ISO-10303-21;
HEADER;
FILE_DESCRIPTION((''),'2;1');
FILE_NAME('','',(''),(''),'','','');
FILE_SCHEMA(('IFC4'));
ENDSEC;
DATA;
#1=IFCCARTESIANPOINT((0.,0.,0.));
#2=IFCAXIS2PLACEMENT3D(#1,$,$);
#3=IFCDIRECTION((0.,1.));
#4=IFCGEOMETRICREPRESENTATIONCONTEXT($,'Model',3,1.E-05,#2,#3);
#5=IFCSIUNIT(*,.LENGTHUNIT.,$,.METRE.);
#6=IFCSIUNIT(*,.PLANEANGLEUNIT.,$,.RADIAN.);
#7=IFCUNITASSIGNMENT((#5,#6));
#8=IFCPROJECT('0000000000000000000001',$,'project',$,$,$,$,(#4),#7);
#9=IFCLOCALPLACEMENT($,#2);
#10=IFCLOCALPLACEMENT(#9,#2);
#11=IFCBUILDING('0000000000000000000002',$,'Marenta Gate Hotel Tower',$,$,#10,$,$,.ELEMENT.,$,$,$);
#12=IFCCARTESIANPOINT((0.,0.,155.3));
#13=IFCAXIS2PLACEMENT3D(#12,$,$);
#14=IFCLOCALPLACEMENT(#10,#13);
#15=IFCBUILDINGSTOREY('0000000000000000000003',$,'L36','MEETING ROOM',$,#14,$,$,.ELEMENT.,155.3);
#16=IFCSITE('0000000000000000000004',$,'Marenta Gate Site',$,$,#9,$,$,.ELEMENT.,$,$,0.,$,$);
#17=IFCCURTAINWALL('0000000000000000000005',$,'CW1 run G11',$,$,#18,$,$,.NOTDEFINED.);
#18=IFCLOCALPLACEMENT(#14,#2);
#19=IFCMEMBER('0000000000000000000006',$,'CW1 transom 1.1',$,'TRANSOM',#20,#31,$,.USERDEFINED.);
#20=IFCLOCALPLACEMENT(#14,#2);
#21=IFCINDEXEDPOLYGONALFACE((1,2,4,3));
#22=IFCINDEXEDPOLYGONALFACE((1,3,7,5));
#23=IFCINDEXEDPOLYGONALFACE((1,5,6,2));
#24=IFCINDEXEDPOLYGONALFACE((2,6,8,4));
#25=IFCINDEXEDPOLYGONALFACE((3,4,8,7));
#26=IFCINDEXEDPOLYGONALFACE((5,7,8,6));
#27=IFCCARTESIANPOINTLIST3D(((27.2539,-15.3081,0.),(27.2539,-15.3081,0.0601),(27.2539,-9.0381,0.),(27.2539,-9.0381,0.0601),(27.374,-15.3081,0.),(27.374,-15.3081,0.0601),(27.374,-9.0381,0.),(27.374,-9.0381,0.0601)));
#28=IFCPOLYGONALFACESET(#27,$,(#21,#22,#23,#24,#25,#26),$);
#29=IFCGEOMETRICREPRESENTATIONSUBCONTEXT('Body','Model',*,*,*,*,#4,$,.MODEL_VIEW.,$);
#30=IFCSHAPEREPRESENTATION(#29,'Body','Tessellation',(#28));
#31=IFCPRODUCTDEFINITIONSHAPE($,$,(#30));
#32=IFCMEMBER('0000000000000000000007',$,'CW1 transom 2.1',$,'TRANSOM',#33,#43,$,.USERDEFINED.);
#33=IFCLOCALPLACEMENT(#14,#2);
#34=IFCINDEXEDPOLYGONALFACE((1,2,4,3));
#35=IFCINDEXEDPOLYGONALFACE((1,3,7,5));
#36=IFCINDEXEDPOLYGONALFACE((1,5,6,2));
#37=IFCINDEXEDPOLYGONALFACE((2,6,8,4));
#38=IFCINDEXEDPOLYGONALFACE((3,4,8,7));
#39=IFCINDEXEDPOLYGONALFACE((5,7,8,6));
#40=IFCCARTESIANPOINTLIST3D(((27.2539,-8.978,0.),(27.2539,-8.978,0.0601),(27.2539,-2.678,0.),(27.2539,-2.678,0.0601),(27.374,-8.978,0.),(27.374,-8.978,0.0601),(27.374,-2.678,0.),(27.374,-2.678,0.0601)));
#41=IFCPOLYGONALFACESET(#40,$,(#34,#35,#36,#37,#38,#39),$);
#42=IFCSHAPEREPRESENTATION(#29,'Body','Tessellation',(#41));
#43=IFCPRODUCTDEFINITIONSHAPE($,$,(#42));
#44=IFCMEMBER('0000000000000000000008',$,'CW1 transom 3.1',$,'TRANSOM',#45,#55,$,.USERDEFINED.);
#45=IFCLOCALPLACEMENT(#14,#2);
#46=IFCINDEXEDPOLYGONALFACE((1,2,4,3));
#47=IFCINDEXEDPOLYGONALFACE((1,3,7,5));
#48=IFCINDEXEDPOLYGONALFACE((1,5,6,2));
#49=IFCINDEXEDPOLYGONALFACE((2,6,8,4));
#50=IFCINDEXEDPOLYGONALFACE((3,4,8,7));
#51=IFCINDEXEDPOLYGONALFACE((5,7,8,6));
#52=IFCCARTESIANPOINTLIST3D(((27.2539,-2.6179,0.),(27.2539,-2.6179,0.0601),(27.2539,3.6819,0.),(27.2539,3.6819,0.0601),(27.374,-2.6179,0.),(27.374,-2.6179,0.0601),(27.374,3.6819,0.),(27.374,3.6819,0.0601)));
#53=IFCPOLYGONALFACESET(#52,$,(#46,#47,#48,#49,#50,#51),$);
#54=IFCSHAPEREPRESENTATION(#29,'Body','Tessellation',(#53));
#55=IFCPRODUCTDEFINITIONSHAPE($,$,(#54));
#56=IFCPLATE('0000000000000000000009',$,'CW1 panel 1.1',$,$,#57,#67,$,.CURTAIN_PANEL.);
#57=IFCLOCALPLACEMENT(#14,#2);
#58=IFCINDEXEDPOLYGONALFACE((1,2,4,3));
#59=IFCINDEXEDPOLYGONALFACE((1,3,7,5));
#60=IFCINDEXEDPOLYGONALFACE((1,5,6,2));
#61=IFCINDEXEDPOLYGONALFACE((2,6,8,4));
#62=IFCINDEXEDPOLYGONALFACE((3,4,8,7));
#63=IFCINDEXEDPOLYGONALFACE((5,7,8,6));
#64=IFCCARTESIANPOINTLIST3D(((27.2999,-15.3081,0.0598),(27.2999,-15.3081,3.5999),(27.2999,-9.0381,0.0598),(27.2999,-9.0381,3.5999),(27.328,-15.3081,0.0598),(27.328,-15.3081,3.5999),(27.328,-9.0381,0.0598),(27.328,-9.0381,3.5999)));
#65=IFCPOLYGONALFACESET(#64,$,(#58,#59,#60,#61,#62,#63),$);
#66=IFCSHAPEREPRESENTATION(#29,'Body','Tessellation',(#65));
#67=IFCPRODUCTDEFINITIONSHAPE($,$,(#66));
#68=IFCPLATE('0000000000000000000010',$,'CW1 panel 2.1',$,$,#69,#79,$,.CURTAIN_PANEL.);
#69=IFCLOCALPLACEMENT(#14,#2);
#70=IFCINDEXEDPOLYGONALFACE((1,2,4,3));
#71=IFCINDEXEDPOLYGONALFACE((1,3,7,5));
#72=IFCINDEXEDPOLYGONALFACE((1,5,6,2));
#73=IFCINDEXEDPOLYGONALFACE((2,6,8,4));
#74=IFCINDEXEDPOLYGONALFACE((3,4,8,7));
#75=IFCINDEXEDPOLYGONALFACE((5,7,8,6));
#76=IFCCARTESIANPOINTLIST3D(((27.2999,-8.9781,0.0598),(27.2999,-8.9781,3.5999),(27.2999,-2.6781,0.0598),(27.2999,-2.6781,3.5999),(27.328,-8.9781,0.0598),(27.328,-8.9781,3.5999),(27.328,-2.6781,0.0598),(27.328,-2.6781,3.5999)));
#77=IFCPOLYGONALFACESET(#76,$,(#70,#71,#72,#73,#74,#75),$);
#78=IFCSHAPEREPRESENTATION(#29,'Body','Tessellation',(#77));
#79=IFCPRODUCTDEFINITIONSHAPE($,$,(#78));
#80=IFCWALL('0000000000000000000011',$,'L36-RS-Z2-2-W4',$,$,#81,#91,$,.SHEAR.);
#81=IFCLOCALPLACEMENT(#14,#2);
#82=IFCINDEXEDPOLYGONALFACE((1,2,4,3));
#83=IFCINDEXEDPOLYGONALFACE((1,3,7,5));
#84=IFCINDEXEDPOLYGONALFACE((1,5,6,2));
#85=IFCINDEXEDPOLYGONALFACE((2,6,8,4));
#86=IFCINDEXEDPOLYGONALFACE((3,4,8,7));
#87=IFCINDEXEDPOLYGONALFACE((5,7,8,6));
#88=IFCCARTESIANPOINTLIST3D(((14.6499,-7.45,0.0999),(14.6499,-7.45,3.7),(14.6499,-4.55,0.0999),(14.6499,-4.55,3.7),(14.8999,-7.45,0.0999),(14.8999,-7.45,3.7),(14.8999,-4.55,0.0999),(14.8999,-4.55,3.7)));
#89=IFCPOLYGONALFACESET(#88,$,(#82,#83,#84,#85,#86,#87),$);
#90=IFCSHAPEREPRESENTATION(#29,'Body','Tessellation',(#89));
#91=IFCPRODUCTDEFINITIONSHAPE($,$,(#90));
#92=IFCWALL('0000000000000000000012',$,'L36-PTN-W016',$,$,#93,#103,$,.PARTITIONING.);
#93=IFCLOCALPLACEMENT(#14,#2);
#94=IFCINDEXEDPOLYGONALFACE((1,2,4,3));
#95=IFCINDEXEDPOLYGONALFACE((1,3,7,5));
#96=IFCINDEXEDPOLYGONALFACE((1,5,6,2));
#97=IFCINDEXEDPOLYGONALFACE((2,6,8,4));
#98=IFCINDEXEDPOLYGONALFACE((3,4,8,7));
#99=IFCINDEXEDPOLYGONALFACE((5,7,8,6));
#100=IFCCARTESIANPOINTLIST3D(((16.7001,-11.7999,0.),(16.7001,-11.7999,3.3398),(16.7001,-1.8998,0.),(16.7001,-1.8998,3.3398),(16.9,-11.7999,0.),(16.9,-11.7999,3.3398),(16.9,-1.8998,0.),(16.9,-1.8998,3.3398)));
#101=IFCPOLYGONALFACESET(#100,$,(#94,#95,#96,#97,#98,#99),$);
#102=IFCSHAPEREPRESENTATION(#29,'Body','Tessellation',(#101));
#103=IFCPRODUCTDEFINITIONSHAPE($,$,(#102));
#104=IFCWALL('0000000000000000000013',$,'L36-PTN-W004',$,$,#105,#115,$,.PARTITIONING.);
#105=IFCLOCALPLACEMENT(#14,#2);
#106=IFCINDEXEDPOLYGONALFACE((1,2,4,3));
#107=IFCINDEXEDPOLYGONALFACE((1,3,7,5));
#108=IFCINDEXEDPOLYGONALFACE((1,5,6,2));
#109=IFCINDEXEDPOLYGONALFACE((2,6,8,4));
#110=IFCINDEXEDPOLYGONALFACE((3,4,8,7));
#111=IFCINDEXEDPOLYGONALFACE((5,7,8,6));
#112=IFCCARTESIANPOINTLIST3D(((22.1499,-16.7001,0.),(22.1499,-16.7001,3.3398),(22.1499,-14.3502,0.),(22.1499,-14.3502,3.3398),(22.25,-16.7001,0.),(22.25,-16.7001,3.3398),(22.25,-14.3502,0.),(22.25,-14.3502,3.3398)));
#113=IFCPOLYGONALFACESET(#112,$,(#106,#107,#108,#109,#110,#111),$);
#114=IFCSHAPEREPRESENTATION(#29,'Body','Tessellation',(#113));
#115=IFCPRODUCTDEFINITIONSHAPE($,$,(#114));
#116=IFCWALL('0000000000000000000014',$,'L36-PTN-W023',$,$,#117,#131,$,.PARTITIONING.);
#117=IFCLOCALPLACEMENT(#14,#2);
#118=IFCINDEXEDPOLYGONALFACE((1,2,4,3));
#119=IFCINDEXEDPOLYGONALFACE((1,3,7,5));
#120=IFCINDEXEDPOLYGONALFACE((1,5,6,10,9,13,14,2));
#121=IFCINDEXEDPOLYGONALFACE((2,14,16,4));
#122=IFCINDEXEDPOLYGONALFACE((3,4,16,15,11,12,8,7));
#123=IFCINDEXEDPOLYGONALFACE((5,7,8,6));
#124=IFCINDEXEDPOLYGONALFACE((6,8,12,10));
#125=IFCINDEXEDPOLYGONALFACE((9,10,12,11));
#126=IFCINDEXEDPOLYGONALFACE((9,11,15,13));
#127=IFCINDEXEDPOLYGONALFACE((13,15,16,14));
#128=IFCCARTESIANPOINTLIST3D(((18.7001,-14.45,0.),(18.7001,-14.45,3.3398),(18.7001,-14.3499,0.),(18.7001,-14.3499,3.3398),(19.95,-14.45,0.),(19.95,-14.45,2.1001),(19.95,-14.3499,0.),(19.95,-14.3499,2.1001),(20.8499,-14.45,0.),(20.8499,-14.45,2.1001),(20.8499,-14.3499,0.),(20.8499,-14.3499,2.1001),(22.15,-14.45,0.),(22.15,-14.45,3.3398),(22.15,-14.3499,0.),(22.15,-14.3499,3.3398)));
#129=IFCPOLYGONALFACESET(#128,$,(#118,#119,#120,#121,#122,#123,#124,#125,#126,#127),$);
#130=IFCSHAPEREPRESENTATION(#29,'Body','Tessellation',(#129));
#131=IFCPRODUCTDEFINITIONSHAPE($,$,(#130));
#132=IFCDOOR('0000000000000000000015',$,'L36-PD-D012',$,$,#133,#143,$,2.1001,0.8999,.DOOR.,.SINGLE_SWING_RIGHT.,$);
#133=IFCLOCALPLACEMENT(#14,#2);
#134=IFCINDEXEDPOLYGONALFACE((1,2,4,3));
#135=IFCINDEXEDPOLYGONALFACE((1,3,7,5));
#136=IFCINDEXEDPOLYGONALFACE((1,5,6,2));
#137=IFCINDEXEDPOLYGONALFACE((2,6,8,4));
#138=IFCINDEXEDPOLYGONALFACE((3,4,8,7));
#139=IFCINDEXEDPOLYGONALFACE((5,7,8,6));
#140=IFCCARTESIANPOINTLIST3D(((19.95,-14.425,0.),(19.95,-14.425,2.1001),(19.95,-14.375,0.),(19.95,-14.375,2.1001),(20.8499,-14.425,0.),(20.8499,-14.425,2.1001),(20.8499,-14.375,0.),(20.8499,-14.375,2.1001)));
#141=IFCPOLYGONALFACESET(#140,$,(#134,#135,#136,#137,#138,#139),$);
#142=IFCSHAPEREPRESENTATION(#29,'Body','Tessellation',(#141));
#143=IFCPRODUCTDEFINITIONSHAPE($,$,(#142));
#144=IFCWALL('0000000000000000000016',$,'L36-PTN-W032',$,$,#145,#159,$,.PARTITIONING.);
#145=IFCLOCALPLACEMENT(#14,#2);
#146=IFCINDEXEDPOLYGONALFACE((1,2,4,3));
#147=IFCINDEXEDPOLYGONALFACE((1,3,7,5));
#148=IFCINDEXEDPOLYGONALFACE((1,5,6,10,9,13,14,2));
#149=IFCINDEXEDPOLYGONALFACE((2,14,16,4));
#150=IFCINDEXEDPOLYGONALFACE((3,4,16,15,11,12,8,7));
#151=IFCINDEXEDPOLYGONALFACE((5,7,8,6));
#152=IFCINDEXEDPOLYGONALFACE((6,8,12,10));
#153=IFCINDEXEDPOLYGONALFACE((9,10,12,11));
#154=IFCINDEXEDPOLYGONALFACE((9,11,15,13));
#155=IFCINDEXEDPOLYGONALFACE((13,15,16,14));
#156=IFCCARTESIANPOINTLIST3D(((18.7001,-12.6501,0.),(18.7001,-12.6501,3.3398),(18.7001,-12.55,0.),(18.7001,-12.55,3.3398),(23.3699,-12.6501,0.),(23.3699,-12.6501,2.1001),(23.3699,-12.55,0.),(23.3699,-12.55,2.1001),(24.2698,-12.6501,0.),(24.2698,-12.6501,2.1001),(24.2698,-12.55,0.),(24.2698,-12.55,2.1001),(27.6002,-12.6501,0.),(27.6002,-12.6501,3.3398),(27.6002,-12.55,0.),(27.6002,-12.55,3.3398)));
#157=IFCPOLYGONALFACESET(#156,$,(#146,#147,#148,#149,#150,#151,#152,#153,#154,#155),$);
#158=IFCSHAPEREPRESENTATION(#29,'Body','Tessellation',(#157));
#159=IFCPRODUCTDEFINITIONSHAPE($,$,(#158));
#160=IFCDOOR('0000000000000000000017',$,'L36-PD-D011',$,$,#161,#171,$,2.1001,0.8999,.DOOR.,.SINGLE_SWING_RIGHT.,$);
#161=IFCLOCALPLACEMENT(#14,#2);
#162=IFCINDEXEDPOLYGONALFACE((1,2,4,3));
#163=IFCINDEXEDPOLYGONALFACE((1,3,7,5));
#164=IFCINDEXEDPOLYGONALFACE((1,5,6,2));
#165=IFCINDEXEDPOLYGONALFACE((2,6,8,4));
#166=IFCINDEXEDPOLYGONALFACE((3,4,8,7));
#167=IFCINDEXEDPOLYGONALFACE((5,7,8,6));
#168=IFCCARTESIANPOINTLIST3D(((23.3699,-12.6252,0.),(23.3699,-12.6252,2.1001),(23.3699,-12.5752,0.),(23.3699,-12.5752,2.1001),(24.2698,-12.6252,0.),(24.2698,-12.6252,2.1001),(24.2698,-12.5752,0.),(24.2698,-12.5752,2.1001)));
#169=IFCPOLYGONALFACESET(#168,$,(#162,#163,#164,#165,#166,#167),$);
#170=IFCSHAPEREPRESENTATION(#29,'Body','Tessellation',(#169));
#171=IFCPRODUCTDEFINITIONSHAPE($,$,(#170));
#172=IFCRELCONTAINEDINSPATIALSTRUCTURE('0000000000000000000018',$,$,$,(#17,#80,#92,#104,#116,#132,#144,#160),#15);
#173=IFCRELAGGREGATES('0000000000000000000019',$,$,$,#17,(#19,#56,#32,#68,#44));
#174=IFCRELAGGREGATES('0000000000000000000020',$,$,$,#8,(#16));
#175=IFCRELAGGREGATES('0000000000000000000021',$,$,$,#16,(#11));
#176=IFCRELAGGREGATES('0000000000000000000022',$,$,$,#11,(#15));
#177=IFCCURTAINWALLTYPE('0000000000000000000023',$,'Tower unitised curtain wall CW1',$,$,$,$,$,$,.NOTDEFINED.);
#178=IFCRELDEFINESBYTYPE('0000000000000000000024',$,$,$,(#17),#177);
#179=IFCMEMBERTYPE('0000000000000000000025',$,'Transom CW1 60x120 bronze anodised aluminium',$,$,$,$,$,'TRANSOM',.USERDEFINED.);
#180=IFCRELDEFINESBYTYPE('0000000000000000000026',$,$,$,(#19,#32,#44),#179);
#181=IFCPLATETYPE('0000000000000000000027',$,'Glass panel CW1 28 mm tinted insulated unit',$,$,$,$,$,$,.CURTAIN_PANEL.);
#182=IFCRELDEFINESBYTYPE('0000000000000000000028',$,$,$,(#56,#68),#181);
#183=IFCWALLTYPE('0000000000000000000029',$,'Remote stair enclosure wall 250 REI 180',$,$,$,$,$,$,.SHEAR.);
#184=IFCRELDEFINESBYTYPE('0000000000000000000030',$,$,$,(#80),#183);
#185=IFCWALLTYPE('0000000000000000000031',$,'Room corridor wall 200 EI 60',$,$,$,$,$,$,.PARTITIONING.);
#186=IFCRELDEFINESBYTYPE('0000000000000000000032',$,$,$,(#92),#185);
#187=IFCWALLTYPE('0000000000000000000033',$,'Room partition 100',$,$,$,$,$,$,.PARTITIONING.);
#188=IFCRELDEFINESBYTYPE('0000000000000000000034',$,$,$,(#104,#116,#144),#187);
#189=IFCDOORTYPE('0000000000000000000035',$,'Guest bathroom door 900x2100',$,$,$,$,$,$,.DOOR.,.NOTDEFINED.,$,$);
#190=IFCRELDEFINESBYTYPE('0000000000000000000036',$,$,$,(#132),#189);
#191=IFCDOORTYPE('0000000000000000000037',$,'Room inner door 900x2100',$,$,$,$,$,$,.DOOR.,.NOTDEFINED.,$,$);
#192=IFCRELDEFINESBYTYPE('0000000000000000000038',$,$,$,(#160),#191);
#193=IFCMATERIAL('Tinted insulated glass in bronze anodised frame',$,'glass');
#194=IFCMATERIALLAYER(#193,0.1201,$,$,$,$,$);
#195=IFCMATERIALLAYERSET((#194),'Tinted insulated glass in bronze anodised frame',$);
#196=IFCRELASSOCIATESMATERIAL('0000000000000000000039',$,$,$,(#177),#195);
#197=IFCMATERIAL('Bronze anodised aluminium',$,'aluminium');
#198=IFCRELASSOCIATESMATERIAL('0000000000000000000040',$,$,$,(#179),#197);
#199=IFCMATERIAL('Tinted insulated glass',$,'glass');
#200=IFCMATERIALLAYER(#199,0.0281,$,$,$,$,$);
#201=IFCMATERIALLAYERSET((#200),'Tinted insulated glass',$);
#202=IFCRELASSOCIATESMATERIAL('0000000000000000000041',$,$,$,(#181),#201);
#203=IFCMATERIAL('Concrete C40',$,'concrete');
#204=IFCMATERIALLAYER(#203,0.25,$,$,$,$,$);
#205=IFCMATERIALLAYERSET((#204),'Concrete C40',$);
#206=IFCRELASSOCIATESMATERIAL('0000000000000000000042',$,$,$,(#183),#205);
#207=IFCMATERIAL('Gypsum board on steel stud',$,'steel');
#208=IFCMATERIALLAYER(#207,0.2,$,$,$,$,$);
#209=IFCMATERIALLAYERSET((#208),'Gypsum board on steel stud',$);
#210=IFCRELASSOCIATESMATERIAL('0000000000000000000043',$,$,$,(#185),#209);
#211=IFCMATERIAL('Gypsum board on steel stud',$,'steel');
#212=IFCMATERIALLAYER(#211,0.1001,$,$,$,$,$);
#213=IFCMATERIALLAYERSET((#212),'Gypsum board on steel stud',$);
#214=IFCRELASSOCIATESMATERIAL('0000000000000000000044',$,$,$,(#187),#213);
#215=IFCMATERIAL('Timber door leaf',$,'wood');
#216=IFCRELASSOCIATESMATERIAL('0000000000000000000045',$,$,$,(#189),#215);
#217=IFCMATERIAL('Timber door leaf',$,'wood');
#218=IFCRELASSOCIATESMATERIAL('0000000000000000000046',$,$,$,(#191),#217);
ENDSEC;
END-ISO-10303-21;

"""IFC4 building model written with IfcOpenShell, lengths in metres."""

from ifc_helpers import new_model, si_unit, direction, frame, frame_2d, origin, origin_2d, place, context, subcontext, project, spatial, rectangle, extrude, material, layer, layer_set, material_profile, profile_set, type_object, element, fill, aggregate, save


model = new_model("IFC4")

# Units and contexts
model_context = context("Model", 3, precision=1e-05, world=origin(), true_north=direction((0.0, 1.0)))
body_context = subcontext(model_context, "Body", "Model", "MODEL_VIEW")
ifc_project = project(units=[si_unit("LENGTHUNIT", "METRE"), si_unit("PLANEANGLEUNIT", "RADIAN")], contexts=[model_context])

# Site, building, storey
site_placement = place(None, origin())
site = spatial("IfcSite", under=ifc_project, at=site_placement, Name="Marenta Gate Site", CompositionType="ELEMENT", RefElevation=0.0)
building_placement = place(site_placement, origin())
building = spatial("IfcBuilding", under=site, at=building_placement, Name="Marenta Gate Hotel Tower", CompositionType="ELEMENT")
storey_placement = place(building_placement, frame((0.0, 0.0, 155.3)))
storey = spatial("IfcBuildingStorey", under=building, at=storey_placement, Name="L36", Description="MEETING ROOM", CompositionType="ELEMENT", Elevation=155.3)

# Curtain wall, members, plates
ifc_material_1 = material(Name="Tinted insulated glass in bronze anodised frame", Category="glass")
ifc_layer_1 = layer(ifc_material_1, 0.1201)
ifc_layer_set_1 = layer_set([ifc_layer_1], Name="Tinted insulated glass in bronze anodised frame")
curtain_wall_type = type_object("IfcCurtainWallType", Name="Tower unitised curtain wall CW1", PredefinedType="NOTDEFINED", material=ifc_layer_set_1)
curtain_wall_placement = place(storey_placement, origin())
curtain_wall = element("IfcCurtainWall", 1, at=curtain_wall_placement, inside=storey, type_object=curtain_wall_type, Name="CW1 run G11", PredefinedType="NOTDEFINED")
ifc_material_2 = material(Name="Bronze anodised aluminium", Category="aluminium")
ifc_material_profile_1 = material_profile(ifc_material_2, rectangle(XDim=0.1201, YDim=0.0601, at=origin_2d()), Name="Transom CW1 60x120 bronze anodised aluminium")
ifc_profile_set_1 = profile_set([ifc_material_profile_1], Name="Bronze anodised aluminium")
member_type_1 = type_object("IfcMemberType", Name="Transom CW1 60x120 bronze anodised aluminium", ElementType="TRANSOM", PredefinedType="USERDEFINED", material=ifc_profile_set_1)
member_1_placement = place(storey_placement, frame((27.314, -15.3081, 0.03), z_axis=(0.0, 1.0, 0.0), x_axis=(-1.0, 0.0, 0.0)))
member_1 = element("IfcMember", 2, at=member_1_placement, type_object=member_type_1, Name="CW1 transom 1.1", ObjectType="TRANSOM", PredefinedType="USERDEFINED", context=body_context, shape_type="SweptSolid", body=[
    extrude(rectangle(XDim=0.1201, YDim=0.0601, at=origin_2d()), origin(), (0.0, 0.0, 1.0), 6.27),
])
member_2_placement = place(storey_placement, frame((27.314, -8.978, 0.03), z_axis=(0.0, 1.0, 0.0), x_axis=(-1.0, 0.0, 0.0)))
member_2 = element("IfcMember", 3, at=member_2_placement, type_object=member_type_1, Name="CW1 transom 2.1", ObjectType="TRANSOM", PredefinedType="USERDEFINED", context=body_context, shape_type="SweptSolid", body=[
    extrude(rectangle(XDim=0.1201, YDim=0.0601, at=origin_2d()), origin(), (0.0, 0.0, 1.0), 6.3),
])
member_3_placement = place(storey_placement, frame((27.314, -2.6179, 0.03), z_axis=(0.0, 1.0, 0.0), x_axis=(-1.0, 0.0, 0.0)))
member_3 = element("IfcMember", 4, at=member_3_placement, type_object=member_type_1, Name="CW1 transom 3.1", ObjectType="TRANSOM", PredefinedType="USERDEFINED", context=body_context, shape_type="SweptSolid", body=[
    extrude(rectangle(XDim=0.1201, YDim=0.0601, at=origin_2d()), origin(), (0.0, 0.0, 1.0), 6.2998),
])
ifc_material_3 = material(Name="Tinted insulated glass", Category="glass")
ifc_layer_2 = layer(ifc_material_3, 0.0281)
ifc_layer_set_2 = layer_set([ifc_layer_2], Name="Tinted insulated glass")
plate_type = type_object("IfcPlateType", Name="Glass panel CW1 28 mm tinted insulated unit", PredefinedType="CURTAIN_PANEL", material=ifc_layer_set_2)
plate_1_placement = place(storey_placement, frame((27.314, -12.1731, 0.0598), z_axis=(0.0, 0.0, 1.0), x_axis=(0.0, 1.0, 0.0)))
plate_1 = element("IfcPlate", 5, at=plate_1_placement, type_object=plate_type, Name="CW1 panel 1.1", PredefinedType="CURTAIN_PANEL", context=body_context, shape_type="SweptSolid", body=[
    extrude(rectangle(XDim=6.27, YDim=0.0281, at=origin_2d()), origin(), (0.0, 0.0, 1.0), 3.54),
])
plate_2_placement = place(storey_placement, frame((27.314, -5.8281, 0.0598), z_axis=(0.0, 0.0, 1.0), x_axis=(0.0, 1.0, 0.0)))
plate_2 = element("IfcPlate", 6, at=plate_2_placement, type_object=plate_type, Name="CW1 panel 2.1", PredefinedType="CURTAIN_PANEL", context=body_context, shape_type="SweptSolid", body=[
    extrude(rectangle(XDim=6.3, YDim=0.0281, at=origin_2d()), origin(), (0.0, 0.0, 1.0), 3.54),
])
aggregate(curtain_wall, [member_1, plate_1, member_2, plate_2, member_3])

# Walls
ifc_material_4 = material(Name="Concrete C40", Category="concrete")
ifc_layer_3 = layer(ifc_material_4, 0.25)
ifc_layer_set_3 = layer_set([ifc_layer_3], Name="Concrete C40")
wall_type_1 = type_object("IfcWallType", Name="Remote stair enclosure wall 250 REI 180", PredefinedType="SHEAR", material=ifc_layer_set_3)
wall_1_placement = place(storey_placement, frame((14.7749, -7.45, 0.0999), z_axis=(0.0, 0.0, 1.0), x_axis=(0.0, 1.0, 0.0)))
element("IfcWall", 7, at=wall_1_placement, inside=storey, type_object=wall_type_1, Name="L36-RS-Z2-2-W4", PredefinedType="SHEAR", context=body_context, shape_type="SweptSolid", body=[
    extrude(rectangle(XDim=2.8999, YDim=0.25, at=frame_2d((1.45, 0.0))), origin(), (0.0, 0.0, 1.0), 3.6001),
])
ifc_material_5 = material(Name="Gypsum board on steel stud", Category="steel")
ifc_layer_4 = layer(ifc_material_5, 0.2)
ifc_layer_set_4 = layer_set([ifc_layer_4], Name="Gypsum board on steel stud")
wall_type_2 = type_object("IfcWallType", Name="Room corridor wall 200 EI 60", PredefinedType="PARTITIONING", material=ifc_layer_set_4)
wall_2_placement = place(storey_placement, frame((16.8, -11.8, 0.0), z_axis=(0.0, 0.0, 1.0), x_axis=(0.0, 1.0, 0.0)))
element("IfcWall", 8, at=wall_2_placement, inside=storey, type_object=wall_type_2, Name="L36-PTN-W016", PredefinedType="PARTITIONING", context=body_context, shape_type="SweptSolid", body=[
    extrude(rectangle(XDim=9.9001, YDim=0.2, at=frame_2d((4.9502, 0.0))), origin(), (0.0, 0.0, 1.0), 3.3398),
])
ifc_material_6 = material(Name="Gypsum board on steel stud", Category="steel")
ifc_layer_5 = layer(ifc_material_6, 0.1001)
ifc_layer_set_5 = layer_set([ifc_layer_5], Name="Gypsum board on steel stud")
wall_type_3 = type_object("IfcWallType", Name="Room partition 100", PredefinedType="PARTITIONING", material=ifc_layer_set_5)
wall_3_placement = place(storey_placement, frame((22.2, -16.7, 0.0), z_axis=(0.0, 0.0, 1.0), x_axis=(0.0, 1.0, 0.0)))
element("IfcWall", 9, at=wall_3_placement, inside=storey, type_object=wall_type_3, Name="L36-PTN-W004", PredefinedType="PARTITIONING", context=body_context, shape_type="SweptSolid", body=[
    extrude(rectangle(XDim=2.3499, YDim=0.1001, at=frame_2d((1.1748, 0.0))), origin(), (0.0, 0.0, 1.0), 3.3398),
])

# Walls, openings, doors
wall_4_placement = place(storey_placement, frame((18.7, -14.3999, 0.0), z_axis=(0.0, 0.0, 1.0), x_axis=(1.0, 0.0, 0.0)))
wall_4 = element("IfcWall", 10, at=wall_4_placement, inside=storey, type_object=wall_type_3, Name="L36-PTN-W023", PredefinedType="PARTITIONING", context=body_context, shape_type="SweptSolid", body=[
    extrude(rectangle(XDim=3.45, YDim=0.1001, at=frame_2d((1.7251, 0.0))), origin(), (0.0, 0.0, 1.0), 3.3398),
])
opening_1_placement = place(wall_4_placement, frame((1.25, 0.0, 0.0)))
opening_1 = element("IfcOpeningElement", 11, at=opening_1_placement, cuts=wall_4, PredefinedType="OPENING", context=body_context, shape_type="SweptSolid", body=[
    extrude(rectangle(XDim=0.8999, YDim=2.1001, at=frame_2d((0.45, 1.05))), frame((0.0, 0.05, 0.0), z_axis=(0.0, -1.0, 0.0), x_axis=(1.0, 0.0, 0.0)), (0.0, 0.0, 1.0), 0.1001),
])
ifc_material_7 = material(Name="Timber door leaf", Category="wood")
door_type_1 = type_object("IfcDoorType", Name="Guest bathroom door 900x2100", OperationType="NOTDEFINED", PredefinedType="DOOR", material=ifc_material_7)
door_1_placement = place(opening_1_placement, origin())
door_1 = element("IfcDoor", 12, at=door_1_placement, inside=storey, type_object=door_type_1, Name="L36-PD-D012", OperationType="SINGLE_SWING_RIGHT", OverallHeight=2.1001, OverallWidth=0.8999, PredefinedType="DOOR", context=body_context, shape_type="SweptSolid", body=[
    extrude(rectangle(XDim=0.8999, YDim=2.1001, at=frame_2d((0.45, 1.05))), frame((0.0, 0.0249, 0.0), z_axis=(0.0, -1.0, 0.0), x_axis=(1.0, 0.0, 0.0)), (0.0, 0.0, 1.0), 0.05),
])
fill(opening_1, door_1)
wall_5_placement = place(storey_placement, frame((18.7, -12.6001, 0.0), z_axis=(0.0, 0.0, 1.0), x_axis=(1.0, 0.0, 0.0)))
wall_5 = element("IfcWall", 13, at=wall_5_placement, inside=storey, type_object=wall_type_3, Name="L36-PTN-W032", PredefinedType="PARTITIONING", context=body_context, shape_type="SweptSolid", body=[
    extrude(rectangle(XDim=8.9001, YDim=0.1001, at=frame_2d((4.4502, 0.0))), origin(), (0.0, 0.0, 1.0), 3.3398),
])
opening_2_placement = place(wall_5_placement, frame((4.6699, 0.0, 0.0)))
opening_2 = element("IfcOpeningElement", 14, at=opening_2_placement, cuts=wall_5, PredefinedType="OPENING", context=body_context, shape_type="SweptSolid", body=[
    extrude(rectangle(XDim=0.8999, YDim=2.1001, at=frame_2d((0.45, 1.05))), frame((0.0, 0.05, 0.0), z_axis=(0.0, -1.0, 0.0), x_axis=(1.0, 0.0, 0.0)), (0.0, 0.0, 1.0), 0.1001),
])
ifc_material_8 = material(Name="Timber door leaf", Category="wood")
door_type_2 = type_object("IfcDoorType", Name="Room inner door 900x2100", OperationType="NOTDEFINED", PredefinedType="DOOR", material=ifc_material_8)
door_2_placement = place(opening_2_placement, origin())
door_2 = element("IfcDoor", 15, at=door_2_placement, inside=storey, type_object=door_type_2, Name="L36-PD-D011", OperationType="SINGLE_SWING_RIGHT", OverallHeight=2.1001, OverallWidth=0.8999, PredefinedType="DOOR", context=body_context, shape_type="SweptSolid", body=[
    extrude(rectangle(XDim=0.8999, YDim=2.1001, at=frame_2d((0.45, 1.05))), frame((0.0, 0.0249, 0.0), z_axis=(0.0, -1.0, 0.0), x_axis=(1.0, 0.0, 0.0)), (0.0, 0.0, 1.0), 0.05),
])
fill(opening_2, door_2)

save(model, "model.ifc")
